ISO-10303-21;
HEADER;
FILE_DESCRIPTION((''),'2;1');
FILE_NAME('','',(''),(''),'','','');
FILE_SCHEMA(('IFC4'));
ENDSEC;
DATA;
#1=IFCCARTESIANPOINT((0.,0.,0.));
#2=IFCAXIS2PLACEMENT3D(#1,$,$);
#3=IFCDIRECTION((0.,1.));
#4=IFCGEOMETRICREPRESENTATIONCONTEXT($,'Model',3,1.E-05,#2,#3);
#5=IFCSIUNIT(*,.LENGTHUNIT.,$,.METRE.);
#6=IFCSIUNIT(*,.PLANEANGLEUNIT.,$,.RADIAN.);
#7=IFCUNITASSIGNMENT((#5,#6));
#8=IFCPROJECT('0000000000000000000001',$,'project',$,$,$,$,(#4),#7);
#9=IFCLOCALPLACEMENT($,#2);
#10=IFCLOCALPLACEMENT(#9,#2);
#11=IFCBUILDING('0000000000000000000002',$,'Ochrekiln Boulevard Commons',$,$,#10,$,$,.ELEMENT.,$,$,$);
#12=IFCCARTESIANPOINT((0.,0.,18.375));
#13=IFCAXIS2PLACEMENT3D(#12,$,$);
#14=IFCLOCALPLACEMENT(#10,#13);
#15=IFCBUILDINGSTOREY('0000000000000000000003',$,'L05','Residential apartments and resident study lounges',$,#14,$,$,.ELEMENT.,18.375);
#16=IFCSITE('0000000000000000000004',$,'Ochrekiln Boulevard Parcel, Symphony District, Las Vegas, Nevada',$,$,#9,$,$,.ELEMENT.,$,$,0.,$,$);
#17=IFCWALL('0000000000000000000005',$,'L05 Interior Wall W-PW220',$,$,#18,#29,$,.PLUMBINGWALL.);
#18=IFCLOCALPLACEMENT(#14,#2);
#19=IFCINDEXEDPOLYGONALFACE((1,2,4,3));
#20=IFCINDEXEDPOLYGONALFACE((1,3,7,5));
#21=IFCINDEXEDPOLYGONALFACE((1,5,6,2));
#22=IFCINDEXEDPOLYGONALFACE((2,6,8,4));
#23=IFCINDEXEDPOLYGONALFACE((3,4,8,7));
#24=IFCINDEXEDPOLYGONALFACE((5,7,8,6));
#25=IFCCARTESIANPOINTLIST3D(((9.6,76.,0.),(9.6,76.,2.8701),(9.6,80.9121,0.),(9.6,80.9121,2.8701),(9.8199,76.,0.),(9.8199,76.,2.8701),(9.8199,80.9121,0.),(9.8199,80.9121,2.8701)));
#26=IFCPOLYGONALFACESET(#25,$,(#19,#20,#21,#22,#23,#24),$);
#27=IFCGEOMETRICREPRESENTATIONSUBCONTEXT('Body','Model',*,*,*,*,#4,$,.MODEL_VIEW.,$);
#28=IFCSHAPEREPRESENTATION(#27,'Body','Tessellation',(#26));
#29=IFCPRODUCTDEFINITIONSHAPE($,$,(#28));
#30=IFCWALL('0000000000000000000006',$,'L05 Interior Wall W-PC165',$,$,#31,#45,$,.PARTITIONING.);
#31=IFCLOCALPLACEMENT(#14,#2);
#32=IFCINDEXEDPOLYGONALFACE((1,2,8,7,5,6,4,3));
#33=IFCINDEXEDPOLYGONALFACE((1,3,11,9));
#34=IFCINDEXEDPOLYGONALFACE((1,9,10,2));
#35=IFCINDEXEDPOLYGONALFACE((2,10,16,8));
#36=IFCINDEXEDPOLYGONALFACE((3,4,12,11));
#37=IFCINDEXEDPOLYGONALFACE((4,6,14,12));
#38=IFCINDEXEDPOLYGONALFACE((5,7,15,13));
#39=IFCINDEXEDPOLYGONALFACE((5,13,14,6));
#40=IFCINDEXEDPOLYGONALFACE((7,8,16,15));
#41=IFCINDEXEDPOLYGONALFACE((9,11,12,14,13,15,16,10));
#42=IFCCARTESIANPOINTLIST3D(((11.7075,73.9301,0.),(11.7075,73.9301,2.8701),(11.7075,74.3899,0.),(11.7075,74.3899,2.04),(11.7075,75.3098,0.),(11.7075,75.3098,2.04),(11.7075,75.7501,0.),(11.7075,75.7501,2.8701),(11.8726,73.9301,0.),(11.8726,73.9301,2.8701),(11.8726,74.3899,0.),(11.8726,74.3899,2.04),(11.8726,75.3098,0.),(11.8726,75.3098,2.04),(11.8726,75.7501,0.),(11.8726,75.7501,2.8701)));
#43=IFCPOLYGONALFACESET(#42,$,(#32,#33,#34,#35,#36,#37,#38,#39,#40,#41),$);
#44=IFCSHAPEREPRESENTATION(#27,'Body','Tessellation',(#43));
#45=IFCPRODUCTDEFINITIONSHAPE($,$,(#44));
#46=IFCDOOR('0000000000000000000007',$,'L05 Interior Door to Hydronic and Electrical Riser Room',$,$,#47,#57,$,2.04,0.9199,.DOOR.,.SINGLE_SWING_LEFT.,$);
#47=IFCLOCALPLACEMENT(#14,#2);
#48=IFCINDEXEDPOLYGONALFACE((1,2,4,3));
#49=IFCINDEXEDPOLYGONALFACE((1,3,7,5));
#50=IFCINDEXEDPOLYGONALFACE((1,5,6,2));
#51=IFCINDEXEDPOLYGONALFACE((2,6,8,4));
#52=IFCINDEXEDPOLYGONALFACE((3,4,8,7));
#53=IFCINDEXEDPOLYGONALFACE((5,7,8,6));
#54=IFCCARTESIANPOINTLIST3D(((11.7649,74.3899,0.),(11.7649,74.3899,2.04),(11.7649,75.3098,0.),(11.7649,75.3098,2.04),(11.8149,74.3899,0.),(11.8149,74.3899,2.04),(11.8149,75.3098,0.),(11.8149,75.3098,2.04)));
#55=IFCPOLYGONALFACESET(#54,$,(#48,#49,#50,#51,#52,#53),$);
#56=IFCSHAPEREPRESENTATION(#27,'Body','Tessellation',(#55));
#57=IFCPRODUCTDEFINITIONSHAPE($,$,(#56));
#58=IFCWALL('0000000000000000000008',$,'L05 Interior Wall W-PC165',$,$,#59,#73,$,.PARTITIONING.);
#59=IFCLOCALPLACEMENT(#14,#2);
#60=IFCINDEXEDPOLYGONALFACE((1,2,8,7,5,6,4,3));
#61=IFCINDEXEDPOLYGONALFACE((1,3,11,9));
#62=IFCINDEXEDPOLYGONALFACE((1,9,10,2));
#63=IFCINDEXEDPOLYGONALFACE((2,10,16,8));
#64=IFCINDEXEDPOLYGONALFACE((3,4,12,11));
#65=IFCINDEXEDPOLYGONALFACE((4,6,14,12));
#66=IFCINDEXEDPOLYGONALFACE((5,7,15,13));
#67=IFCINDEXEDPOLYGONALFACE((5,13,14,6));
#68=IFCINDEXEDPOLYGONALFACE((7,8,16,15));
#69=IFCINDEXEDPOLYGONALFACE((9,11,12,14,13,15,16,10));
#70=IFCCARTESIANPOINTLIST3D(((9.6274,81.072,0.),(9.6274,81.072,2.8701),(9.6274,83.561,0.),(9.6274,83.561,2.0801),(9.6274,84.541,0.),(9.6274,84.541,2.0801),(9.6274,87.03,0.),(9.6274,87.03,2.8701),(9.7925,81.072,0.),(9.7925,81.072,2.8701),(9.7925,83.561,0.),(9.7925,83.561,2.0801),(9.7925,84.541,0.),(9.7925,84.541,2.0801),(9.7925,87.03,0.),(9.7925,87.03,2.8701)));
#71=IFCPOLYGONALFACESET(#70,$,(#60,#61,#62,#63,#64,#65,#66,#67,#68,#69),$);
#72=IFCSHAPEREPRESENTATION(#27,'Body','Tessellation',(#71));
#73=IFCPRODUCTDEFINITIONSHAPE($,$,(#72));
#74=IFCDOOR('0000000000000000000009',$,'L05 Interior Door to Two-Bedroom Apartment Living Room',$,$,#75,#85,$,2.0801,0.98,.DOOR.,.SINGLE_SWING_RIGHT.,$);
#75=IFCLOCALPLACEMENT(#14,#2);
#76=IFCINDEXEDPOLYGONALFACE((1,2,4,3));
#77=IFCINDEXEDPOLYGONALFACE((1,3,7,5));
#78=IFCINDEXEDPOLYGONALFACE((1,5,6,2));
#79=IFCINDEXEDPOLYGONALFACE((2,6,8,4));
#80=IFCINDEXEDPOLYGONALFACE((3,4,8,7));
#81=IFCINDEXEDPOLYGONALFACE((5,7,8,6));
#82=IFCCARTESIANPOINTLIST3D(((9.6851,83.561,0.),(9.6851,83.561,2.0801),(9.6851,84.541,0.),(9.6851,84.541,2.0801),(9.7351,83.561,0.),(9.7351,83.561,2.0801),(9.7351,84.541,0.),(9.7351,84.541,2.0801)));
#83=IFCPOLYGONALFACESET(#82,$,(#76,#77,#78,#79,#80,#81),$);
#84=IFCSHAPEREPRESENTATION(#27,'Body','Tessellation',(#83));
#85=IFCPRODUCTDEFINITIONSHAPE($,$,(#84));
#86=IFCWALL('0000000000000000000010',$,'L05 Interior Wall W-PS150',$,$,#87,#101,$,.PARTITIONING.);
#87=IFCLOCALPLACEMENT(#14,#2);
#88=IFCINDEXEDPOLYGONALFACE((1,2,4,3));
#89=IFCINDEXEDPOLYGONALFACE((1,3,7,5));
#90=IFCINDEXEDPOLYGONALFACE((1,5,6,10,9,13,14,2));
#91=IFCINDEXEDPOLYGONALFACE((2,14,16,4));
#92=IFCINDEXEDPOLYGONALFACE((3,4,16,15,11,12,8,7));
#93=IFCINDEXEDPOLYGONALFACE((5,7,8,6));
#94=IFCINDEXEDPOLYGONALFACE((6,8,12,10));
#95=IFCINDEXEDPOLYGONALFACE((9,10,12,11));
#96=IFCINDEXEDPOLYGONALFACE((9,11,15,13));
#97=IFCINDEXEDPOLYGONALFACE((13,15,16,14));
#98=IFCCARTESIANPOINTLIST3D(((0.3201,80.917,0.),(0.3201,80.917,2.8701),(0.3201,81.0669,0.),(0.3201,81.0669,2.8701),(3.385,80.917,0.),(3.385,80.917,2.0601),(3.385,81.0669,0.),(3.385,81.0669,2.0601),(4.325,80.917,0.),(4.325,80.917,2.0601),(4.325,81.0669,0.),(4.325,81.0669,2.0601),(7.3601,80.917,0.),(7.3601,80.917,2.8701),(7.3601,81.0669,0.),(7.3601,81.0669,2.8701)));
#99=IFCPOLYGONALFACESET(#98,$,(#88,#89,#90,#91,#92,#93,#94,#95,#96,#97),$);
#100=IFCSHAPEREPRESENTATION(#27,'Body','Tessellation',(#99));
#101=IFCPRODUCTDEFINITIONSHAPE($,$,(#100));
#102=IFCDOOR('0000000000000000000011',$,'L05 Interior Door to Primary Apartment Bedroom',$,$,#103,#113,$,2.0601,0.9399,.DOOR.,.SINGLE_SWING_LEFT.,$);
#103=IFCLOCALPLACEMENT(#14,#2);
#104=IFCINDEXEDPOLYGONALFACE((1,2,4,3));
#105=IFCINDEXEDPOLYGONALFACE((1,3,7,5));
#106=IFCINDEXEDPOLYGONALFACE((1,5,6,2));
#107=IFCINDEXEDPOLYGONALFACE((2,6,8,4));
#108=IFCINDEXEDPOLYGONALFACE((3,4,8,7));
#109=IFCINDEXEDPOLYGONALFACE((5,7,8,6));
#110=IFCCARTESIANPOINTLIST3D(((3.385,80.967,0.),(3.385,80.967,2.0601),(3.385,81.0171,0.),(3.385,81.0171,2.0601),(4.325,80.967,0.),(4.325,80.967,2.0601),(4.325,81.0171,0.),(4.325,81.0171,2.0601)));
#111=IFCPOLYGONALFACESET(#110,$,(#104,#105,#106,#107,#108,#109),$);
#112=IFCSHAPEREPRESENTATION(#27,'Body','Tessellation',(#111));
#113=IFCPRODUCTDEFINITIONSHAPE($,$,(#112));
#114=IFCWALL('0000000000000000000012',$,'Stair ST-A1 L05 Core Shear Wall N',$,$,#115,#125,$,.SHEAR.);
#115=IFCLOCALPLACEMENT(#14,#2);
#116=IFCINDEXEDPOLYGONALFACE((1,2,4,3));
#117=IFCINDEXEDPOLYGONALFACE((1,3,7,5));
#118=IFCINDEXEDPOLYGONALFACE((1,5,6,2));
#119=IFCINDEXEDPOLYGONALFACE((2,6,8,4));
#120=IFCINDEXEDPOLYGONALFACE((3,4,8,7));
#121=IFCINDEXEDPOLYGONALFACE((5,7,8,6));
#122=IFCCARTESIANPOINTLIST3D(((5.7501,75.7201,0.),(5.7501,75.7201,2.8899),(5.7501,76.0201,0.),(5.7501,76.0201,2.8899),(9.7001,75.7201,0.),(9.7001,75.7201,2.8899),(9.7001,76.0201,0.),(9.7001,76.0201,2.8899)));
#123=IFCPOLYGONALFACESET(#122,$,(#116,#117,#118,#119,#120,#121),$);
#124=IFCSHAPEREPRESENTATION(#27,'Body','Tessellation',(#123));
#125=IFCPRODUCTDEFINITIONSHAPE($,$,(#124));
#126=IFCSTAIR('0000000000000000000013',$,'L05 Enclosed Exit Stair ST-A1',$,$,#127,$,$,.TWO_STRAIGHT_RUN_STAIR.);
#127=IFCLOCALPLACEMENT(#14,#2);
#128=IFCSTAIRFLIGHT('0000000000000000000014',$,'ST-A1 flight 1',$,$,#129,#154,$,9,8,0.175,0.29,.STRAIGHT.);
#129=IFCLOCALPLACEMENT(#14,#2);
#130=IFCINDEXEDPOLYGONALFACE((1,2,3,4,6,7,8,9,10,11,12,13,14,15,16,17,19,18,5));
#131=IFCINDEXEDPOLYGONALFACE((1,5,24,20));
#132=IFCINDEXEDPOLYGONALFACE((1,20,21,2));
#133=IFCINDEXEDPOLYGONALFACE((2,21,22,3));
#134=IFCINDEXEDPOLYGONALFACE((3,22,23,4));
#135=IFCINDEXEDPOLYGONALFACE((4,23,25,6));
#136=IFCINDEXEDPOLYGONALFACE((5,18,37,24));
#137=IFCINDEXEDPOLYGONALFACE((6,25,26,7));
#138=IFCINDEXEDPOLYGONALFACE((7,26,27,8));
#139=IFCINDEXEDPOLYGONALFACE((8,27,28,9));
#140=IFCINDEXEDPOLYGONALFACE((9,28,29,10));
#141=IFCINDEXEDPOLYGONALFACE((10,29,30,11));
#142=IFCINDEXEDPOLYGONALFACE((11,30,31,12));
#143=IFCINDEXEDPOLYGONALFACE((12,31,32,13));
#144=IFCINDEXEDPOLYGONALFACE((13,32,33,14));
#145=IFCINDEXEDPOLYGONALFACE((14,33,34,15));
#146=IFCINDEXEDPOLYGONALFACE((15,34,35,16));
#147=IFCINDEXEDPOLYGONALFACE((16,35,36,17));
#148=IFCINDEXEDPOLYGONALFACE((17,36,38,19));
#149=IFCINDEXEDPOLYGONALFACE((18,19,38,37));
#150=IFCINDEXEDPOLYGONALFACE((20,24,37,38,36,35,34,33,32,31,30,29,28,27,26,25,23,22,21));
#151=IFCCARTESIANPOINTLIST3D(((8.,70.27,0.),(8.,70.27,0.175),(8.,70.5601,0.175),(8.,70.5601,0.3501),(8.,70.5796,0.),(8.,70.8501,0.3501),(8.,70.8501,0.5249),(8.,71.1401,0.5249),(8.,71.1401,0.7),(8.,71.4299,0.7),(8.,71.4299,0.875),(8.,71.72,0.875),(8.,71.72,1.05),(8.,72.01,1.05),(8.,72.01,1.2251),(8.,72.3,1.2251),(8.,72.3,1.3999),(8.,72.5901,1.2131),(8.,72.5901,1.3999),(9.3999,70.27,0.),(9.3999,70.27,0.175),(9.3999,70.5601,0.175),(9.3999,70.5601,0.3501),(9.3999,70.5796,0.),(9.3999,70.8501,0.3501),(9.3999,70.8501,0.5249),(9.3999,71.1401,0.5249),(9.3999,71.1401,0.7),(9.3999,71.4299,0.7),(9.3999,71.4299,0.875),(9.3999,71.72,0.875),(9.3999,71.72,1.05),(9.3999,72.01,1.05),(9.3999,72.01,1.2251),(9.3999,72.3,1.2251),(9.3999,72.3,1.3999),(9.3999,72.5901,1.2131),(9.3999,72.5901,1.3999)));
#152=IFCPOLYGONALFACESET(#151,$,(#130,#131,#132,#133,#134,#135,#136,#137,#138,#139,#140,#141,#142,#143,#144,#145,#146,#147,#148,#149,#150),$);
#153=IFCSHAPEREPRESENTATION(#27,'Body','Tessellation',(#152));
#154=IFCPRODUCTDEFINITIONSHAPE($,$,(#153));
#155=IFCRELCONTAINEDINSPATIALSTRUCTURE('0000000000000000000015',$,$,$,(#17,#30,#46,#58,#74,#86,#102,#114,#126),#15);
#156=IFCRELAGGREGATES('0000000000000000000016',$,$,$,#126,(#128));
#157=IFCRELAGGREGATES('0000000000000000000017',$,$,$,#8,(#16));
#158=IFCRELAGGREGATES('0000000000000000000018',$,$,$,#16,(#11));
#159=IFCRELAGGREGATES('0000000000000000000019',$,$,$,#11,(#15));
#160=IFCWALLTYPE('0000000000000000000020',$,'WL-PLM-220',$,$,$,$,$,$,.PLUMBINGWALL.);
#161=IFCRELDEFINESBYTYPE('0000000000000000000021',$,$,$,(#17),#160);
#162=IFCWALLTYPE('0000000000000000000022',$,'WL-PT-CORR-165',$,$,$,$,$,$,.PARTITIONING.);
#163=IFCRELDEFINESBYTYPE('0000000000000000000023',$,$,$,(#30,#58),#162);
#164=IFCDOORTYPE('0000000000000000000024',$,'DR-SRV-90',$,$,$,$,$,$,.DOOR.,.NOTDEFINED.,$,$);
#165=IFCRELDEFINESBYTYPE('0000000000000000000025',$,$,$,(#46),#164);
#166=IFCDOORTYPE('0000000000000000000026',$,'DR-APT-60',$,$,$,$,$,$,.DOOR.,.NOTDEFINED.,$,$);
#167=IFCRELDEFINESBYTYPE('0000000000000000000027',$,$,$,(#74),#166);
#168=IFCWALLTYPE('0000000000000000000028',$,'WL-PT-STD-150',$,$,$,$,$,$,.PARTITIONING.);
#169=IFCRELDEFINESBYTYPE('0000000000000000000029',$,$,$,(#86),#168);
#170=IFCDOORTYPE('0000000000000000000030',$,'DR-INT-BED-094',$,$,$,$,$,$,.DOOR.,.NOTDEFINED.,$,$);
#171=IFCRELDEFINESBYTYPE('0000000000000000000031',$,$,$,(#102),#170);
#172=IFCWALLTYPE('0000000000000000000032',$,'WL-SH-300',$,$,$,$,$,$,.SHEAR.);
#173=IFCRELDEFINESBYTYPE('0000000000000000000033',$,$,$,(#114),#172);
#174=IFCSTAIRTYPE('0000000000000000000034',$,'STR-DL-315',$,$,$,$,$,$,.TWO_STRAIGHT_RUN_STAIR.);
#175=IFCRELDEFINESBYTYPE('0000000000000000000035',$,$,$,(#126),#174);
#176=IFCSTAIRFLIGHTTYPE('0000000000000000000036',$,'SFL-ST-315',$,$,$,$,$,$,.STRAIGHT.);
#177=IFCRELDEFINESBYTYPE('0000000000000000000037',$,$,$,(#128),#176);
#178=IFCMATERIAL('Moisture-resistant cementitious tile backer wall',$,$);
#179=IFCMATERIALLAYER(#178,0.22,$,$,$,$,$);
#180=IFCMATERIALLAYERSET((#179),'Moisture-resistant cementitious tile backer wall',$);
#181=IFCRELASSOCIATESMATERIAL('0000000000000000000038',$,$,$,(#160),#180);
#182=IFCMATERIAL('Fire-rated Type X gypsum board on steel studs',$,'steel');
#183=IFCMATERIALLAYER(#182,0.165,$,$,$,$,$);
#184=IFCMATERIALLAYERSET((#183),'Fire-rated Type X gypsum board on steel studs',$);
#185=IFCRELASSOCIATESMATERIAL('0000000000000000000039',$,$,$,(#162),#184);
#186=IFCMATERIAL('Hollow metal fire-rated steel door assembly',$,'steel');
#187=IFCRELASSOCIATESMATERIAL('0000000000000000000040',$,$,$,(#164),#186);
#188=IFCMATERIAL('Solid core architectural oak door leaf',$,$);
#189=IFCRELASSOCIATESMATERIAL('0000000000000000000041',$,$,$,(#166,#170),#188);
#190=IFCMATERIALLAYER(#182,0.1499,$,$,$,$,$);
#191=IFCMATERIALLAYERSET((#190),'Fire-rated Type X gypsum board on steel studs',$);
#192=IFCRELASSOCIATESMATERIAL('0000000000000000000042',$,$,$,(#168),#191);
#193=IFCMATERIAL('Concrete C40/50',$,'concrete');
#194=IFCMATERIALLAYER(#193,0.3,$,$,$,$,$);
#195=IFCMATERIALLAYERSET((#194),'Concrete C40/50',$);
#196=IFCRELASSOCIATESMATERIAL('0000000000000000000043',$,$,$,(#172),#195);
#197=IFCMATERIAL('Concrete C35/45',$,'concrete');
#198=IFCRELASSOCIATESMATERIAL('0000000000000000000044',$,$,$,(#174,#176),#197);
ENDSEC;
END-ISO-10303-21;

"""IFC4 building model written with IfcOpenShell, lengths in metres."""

from ifc_helpers import new_model, si_unit, direction, frame, frame_2d, origin, place, context, subcontext, project, spatial, polyline, rectangle, outline, extrude, material, layer, layer_set, type_object, element, fill, aggregate, save


model = new_model("IFC4")

# Units and contexts
model_context = context("Model", 3, precision=1e-05, world=origin(), true_north=direction((0.0, 1.0)))
body_context = subcontext(model_context, "Body", "Model", "MODEL_VIEW")
ifc_project = project(units=[si_unit("LENGTHUNIT", "METRE"), si_unit("PLANEANGLEUNIT", "RADIAN")], contexts=[model_context])

# Site, building, storey
site_placement = place(None, origin())
site = spatial("IfcSite", under=ifc_project, at=site_placement, Name="Ochrekiln Boulevard Parcel, Symphony District, Las Vegas, Nevada", CompositionType="ELEMENT", RefElevation=0.0)
building_placement = place(site_placement, origin())
building = spatial("IfcBuilding", under=site, at=building_placement, Name="Ochrekiln Boulevard Commons", CompositionType="ELEMENT")
storey_placement = place(building_placement, frame((0.0, 0.0, 18.375)))
storey = spatial("IfcBuildingStorey", under=building, at=storey_placement, Name="L05", Description="Residential apartments and resident study lounges", CompositionType="ELEMENT", Elevation=18.375)

# Shared definitions
ifc_material_1 = material(Name="Concrete C40/50", Category="concrete")

# Shared definitions
ifc_material_2 = material(Name="Concrete C35/45", Category="concrete")

# Shared definitions
ifc_material_3 = material(Name="Moisture-resistant cementitious tile backer wall")
ifc_material_4 = material(Name="Solid core architectural oak door leaf")

# Wall
ifc_layer_1 = layer(ifc_material_3, 0.22)
ifc_layer_set_1 = layer_set([ifc_layer_1], Name="Moisture-resistant cementitious tile backer wall")
wall_type_1 = type_object("IfcWallType", Name="WL-PLM-220", PredefinedType="PLUMBINGWALL", material=ifc_layer_set_1)
wall_1_placement = place(storey_placement, frame((9.71, 76.0, 0.0), z_axis=(0.0, 0.0, 1.0), x_axis=(0.0, 1.0, 0.0)))
element("IfcWall", 1, at=wall_1_placement, inside=storey, type_object=wall_type_1, Name="L05 Interior Wall W-PW220", PredefinedType="PLUMBINGWALL", context=body_context, shape_type="SweptSolid", body=[
    extrude(rectangle(XDim=4.9121, YDim=0.22, at=frame_2d((2.4561, 0.0))), origin(), (0.0, 0.0, 1.0), 2.8701),
])

# Walls, openings, doors
ifc_material_5 = material(Name="Fire-rated Type X gypsum board on steel studs", Category="steel")
ifc_layer_2 = layer(ifc_material_5, 0.165)
ifc_layer_set_2 = layer_set([ifc_layer_2], Name="Fire-rated Type X gypsum board on steel studs")
wall_type_2 = type_object("IfcWallType", Name="WL-PT-CORR-165", PredefinedType="PARTITIONING", material=ifc_layer_set_2)
wall_2_placement = place(storey_placement, frame((11.79, 73.9299, 0.0), z_axis=(0.0, 0.0, 1.0), x_axis=(0.0, 1.0, 0.0)))
wall_2 = element("IfcWall", 2, at=wall_2_placement, inside=storey, type_object=wall_type_2, Name="L05 Interior Wall W-PC165", PredefinedType="PARTITIONING", context=body_context, shape_type="SweptSolid", body=[
    extrude(rectangle(XDim=1.8201, YDim=0.165, at=frame_2d((0.9102, 0.0))), origin(), (0.0, 0.0, 1.0), 2.8701),
])
opening_1_placement = place(wall_2_placement, frame((0.46, 0.0, 0.0)))
opening_1 = element("IfcOpeningElement", 3, at=opening_1_placement, cuts=wall_2, PredefinedType="OPENING", context=body_context, shape_type="SweptSolid", body=[
    extrude(rectangle(XDim=0.9199, YDim=2.04, at=frame_2d((0.46, 1.02))), frame((0.0, 0.0925, 0.0), z_axis=(0.0, -1.0, 0.0), x_axis=(1.0, 0.0, 0.0)), (0.0, 0.0, 1.0), 0.1851),
])
ifc_material_6 = material(Name="Hollow metal fire-rated steel door assembly", Category="steel")
door_type_1 = type_object("IfcDoorType", Name="DR-SRV-90", OperationType="NOTDEFINED", PredefinedType="DOOR", material=ifc_material_6)
door_1_placement = place(opening_1_placement, frame((0.9199, 0.0, 0.0), z_axis=(0.0, 0.0, 1.0), x_axis=(-1.0, 0.0, 0.0)))
door_1 = element("IfcDoor", 4, at=door_1_placement, inside=storey, type_object=door_type_1, Name="L05 Interior Door to Hydronic and Electrical Riser Room", OperationType="SINGLE_SWING_LEFT", OverallHeight=2.04, OverallWidth=0.9199, PredefinedType="DOOR", context=body_context, shape_type="SweptSolid", body=[
    extrude(rectangle(XDim=0.9199, YDim=2.04, at=frame_2d((0.46, 1.02))), frame((0.0, 0.0249, 0.0), z_axis=(0.0, -1.0, 0.0), x_axis=(1.0, 0.0, 0.0)), (0.0, 0.0, 1.0), 0.05),
])
fill(opening_1, door_1)
wall_3_placement = place(storey_placement, frame((9.71, 81.072, 0.0), z_axis=(0.0, 0.0, 1.0), x_axis=(0.0, 1.0, 0.0)))
wall_3 = element("IfcWall", 5, at=wall_3_placement, inside=storey, type_object=wall_type_2, Name="L05 Interior Wall W-PC165", PredefinedType="PARTITIONING", context=body_context, shape_type="SweptSolid", body=[
    extrude(rectangle(XDim=5.958, YDim=0.165, at=frame_2d((2.979, 0.0))), origin(), (0.0, 0.0, 1.0), 2.8701),
])
opening_2_placement = place(wall_3_placement, frame((2.489, 0.0, 0.0)))
opening_2 = element("IfcOpeningElement", 6, at=opening_2_placement, cuts=wall_3, PredefinedType="OPENING", context=body_context, shape_type="SweptSolid", body=[
    extrude(rectangle(XDim=0.98, YDim=2.0801, at=frame_2d((0.49, 1.04))), frame((0.0, 0.0925, 0.0), z_axis=(0.0, -1.0, 0.0), x_axis=(1.0, 0.0, 0.0)), (0.0, 0.0, 1.0), 0.1851),
])
door_type_2 = type_object("IfcDoorType", Name="DR-APT-60", OperationType="NOTDEFINED", PredefinedType="DOOR", material=ifc_material_4)
door_2_placement = place(opening_2_placement, origin())
door_2 = element("IfcDoor", 7, at=door_2_placement, inside=storey, type_object=door_type_2, Name="L05 Interior Door to Two-Bedroom Apartment Living Room", OperationType="SINGLE_SWING_RIGHT", OverallHeight=2.0801, OverallWidth=0.98, PredefinedType="DOOR", context=body_context, shape_type="SweptSolid", body=[
    extrude(rectangle(XDim=0.98, YDim=2.0801, at=frame_2d((0.49, 1.04))), frame((0.0, 0.0249, 0.0), z_axis=(0.0, -1.0, 0.0), x_axis=(1.0, 0.0, 0.0)), (0.0, 0.0, 1.0), 0.05),
])
fill(opening_2, door_2)
ifc_layer_3 = layer(ifc_material_5, 0.1499)
ifc_layer_set_3 = layer_set([ifc_layer_3], Name="Fire-rated Type X gypsum board on steel studs")
wall_type_3 = type_object("IfcWallType", Name="WL-PT-STD-150", PredefinedType="PARTITIONING", material=ifc_layer_set_3)
wall_4_placement = place(storey_placement, frame((0.3201, 80.9919, 0.0), z_axis=(0.0, 0.0, 1.0), x_axis=(1.0, 0.0, 0.0)))
wall_4 = element("IfcWall", 8, at=wall_4_placement, inside=storey, type_object=wall_type_3, Name="L05 Interior Wall W-PS150", PredefinedType="PARTITIONING", context=body_context, shape_type="SweptSolid", body=[
    extrude(rectangle(XDim=7.04, YDim=0.1499, at=frame_2d((3.52, 0.0))), origin(), (0.0, 0.0, 1.0), 2.8701),
])
opening_3_placement = place(wall_4_placement, frame((3.0649, 0.0, 0.0)))
opening_3 = element("IfcOpeningElement", 9, at=opening_3_placement, cuts=wall_4, PredefinedType="OPENING", context=body_context, shape_type="SweptSolid", body=[
    extrude(rectangle(XDim=0.9399, YDim=2.0601, at=frame_2d((0.47, 1.03))), frame((0.0, 0.085, 0.0), z_axis=(0.0, -1.0, 0.0), x_axis=(1.0, 0.0, 0.0)), (0.0, 0.0, 1.0), 0.1699),
])
door_type_3 = type_object("IfcDoorType", Name="DR-INT-BED-094", OperationType="NOTDEFINED", PredefinedType="DOOR", material=ifc_material_4)
door_3_placement = place(opening_3_placement, frame((0.9399, 0.0, 0.0), z_axis=(0.0, 0.0, 1.0), x_axis=(-1.0, 0.0, 0.0)))
door_3 = element("IfcDoor", 10, at=door_3_placement, inside=storey, type_object=door_type_3, Name="L05 Interior Door to Primary Apartment Bedroom", OperationType="SINGLE_SWING_LEFT", OverallHeight=2.0601, OverallWidth=0.9399, PredefinedType="DOOR", context=body_context, shape_type="SweptSolid", body=[
    extrude(rectangle(XDim=0.9399, YDim=2.0601, at=frame_2d((0.47, 1.03))), frame((0.0, 0.0249, 0.0), z_axis=(0.0, -1.0, 0.0), x_axis=(1.0, 0.0, 0.0)), (0.0, 0.0, 1.0), 0.05),
])
fill(opening_3, door_3)

# Wall
ifc_layer_4 = layer(ifc_material_1, 0.3)
ifc_layer_set_4 = layer_set([ifc_layer_4], Name="Concrete C40/50")
wall_type_4 = type_object("IfcWallType", Name="WL-SH-300", PredefinedType="SHEAR", material=ifc_layer_set_4)
wall_5_placement = place(storey_placement, frame((5.75, 75.8701, 0.0), z_axis=(0.0, 0.0, 1.0), x_axis=(1.0, 0.0, 0.0)))
element("IfcWall", 11, at=wall_5_placement, inside=storey, type_object=wall_type_4, Name="Stair ST-A1 L05 Core Shear Wall N", PredefinedType="SHEAR", context=body_context, shape_type="SweptSolid", body=[
    extrude(rectangle(XDim=3.95, YDim=0.3, at=frame_2d((1.9751, 0.0))), origin(), (0.0, 0.0, 1.0), 2.8899),
])

# Stair, stair flight
stair_type = type_object("IfcStairType", Name="STR-DL-315", PredefinedType="TWO_STRAIGHT_RUN_STAIR", material=ifc_material_2)
stair_placement = place(storey_placement, origin())
stair = element("IfcStair", 12, at=stair_placement, inside=storey, type_object=stair_type, Name="L05 Enclosed Exit Stair ST-A1", PredefinedType="TWO_STRAIGHT_RUN_STAIR")
stair_flight_type = type_object("IfcStairFlightType", Name="SFL-ST-315", PredefinedType="STRAIGHT", material=ifc_material_2)
stair_flight_1_placement = place(storey_placement, frame((8.7, 70.27, 0.0), z_axis=(0.0, 0.0, 1.0), x_axis=(0.0, 1.0, 0.0)))
stair_flight_1 = element("IfcStairFlight", 13, at=stair_flight_1_placement, type_object=stair_flight_type, Name="ST-A1 flight 1", NumberOfRisers=9, NumberOfTreads=8, PredefinedType="STRAIGHT", RiserHeight=0.175, TreadLength=0.29, context=body_context, shape_type="SweptSolid", body=[
    extrude(outline(polyline([(0.0, 0.0), (0.0, 0.175), (0.29, 0.175), (0.29, 0.3501), (0.5801, 0.3501), (0.5801, 0.5249), (0.8701, 0.5249), (0.8701, 0.7), (1.1599, 0.7), (1.1599, 0.875), (1.45, 0.875), (1.45, 1.05), (1.74, 1.05), (1.74, 1.2251), (2.03, 1.2251), (2.03, 1.3999), (2.3201, 1.3999), (2.3201, 1.575), (2.3201, 1.2131), (0.3096, 0.0), (0.0, 0.0)])), frame((0.0, 0.7, 0.0), z_axis=(0.0, -1.0, 0.0), x_axis=(1.0, 0.0, 0.0)), (0.0, 0.0, 1.0), 1.3999),
])
aggregate(stair, [stair_flight_1])

save(model, "model.ifc")
